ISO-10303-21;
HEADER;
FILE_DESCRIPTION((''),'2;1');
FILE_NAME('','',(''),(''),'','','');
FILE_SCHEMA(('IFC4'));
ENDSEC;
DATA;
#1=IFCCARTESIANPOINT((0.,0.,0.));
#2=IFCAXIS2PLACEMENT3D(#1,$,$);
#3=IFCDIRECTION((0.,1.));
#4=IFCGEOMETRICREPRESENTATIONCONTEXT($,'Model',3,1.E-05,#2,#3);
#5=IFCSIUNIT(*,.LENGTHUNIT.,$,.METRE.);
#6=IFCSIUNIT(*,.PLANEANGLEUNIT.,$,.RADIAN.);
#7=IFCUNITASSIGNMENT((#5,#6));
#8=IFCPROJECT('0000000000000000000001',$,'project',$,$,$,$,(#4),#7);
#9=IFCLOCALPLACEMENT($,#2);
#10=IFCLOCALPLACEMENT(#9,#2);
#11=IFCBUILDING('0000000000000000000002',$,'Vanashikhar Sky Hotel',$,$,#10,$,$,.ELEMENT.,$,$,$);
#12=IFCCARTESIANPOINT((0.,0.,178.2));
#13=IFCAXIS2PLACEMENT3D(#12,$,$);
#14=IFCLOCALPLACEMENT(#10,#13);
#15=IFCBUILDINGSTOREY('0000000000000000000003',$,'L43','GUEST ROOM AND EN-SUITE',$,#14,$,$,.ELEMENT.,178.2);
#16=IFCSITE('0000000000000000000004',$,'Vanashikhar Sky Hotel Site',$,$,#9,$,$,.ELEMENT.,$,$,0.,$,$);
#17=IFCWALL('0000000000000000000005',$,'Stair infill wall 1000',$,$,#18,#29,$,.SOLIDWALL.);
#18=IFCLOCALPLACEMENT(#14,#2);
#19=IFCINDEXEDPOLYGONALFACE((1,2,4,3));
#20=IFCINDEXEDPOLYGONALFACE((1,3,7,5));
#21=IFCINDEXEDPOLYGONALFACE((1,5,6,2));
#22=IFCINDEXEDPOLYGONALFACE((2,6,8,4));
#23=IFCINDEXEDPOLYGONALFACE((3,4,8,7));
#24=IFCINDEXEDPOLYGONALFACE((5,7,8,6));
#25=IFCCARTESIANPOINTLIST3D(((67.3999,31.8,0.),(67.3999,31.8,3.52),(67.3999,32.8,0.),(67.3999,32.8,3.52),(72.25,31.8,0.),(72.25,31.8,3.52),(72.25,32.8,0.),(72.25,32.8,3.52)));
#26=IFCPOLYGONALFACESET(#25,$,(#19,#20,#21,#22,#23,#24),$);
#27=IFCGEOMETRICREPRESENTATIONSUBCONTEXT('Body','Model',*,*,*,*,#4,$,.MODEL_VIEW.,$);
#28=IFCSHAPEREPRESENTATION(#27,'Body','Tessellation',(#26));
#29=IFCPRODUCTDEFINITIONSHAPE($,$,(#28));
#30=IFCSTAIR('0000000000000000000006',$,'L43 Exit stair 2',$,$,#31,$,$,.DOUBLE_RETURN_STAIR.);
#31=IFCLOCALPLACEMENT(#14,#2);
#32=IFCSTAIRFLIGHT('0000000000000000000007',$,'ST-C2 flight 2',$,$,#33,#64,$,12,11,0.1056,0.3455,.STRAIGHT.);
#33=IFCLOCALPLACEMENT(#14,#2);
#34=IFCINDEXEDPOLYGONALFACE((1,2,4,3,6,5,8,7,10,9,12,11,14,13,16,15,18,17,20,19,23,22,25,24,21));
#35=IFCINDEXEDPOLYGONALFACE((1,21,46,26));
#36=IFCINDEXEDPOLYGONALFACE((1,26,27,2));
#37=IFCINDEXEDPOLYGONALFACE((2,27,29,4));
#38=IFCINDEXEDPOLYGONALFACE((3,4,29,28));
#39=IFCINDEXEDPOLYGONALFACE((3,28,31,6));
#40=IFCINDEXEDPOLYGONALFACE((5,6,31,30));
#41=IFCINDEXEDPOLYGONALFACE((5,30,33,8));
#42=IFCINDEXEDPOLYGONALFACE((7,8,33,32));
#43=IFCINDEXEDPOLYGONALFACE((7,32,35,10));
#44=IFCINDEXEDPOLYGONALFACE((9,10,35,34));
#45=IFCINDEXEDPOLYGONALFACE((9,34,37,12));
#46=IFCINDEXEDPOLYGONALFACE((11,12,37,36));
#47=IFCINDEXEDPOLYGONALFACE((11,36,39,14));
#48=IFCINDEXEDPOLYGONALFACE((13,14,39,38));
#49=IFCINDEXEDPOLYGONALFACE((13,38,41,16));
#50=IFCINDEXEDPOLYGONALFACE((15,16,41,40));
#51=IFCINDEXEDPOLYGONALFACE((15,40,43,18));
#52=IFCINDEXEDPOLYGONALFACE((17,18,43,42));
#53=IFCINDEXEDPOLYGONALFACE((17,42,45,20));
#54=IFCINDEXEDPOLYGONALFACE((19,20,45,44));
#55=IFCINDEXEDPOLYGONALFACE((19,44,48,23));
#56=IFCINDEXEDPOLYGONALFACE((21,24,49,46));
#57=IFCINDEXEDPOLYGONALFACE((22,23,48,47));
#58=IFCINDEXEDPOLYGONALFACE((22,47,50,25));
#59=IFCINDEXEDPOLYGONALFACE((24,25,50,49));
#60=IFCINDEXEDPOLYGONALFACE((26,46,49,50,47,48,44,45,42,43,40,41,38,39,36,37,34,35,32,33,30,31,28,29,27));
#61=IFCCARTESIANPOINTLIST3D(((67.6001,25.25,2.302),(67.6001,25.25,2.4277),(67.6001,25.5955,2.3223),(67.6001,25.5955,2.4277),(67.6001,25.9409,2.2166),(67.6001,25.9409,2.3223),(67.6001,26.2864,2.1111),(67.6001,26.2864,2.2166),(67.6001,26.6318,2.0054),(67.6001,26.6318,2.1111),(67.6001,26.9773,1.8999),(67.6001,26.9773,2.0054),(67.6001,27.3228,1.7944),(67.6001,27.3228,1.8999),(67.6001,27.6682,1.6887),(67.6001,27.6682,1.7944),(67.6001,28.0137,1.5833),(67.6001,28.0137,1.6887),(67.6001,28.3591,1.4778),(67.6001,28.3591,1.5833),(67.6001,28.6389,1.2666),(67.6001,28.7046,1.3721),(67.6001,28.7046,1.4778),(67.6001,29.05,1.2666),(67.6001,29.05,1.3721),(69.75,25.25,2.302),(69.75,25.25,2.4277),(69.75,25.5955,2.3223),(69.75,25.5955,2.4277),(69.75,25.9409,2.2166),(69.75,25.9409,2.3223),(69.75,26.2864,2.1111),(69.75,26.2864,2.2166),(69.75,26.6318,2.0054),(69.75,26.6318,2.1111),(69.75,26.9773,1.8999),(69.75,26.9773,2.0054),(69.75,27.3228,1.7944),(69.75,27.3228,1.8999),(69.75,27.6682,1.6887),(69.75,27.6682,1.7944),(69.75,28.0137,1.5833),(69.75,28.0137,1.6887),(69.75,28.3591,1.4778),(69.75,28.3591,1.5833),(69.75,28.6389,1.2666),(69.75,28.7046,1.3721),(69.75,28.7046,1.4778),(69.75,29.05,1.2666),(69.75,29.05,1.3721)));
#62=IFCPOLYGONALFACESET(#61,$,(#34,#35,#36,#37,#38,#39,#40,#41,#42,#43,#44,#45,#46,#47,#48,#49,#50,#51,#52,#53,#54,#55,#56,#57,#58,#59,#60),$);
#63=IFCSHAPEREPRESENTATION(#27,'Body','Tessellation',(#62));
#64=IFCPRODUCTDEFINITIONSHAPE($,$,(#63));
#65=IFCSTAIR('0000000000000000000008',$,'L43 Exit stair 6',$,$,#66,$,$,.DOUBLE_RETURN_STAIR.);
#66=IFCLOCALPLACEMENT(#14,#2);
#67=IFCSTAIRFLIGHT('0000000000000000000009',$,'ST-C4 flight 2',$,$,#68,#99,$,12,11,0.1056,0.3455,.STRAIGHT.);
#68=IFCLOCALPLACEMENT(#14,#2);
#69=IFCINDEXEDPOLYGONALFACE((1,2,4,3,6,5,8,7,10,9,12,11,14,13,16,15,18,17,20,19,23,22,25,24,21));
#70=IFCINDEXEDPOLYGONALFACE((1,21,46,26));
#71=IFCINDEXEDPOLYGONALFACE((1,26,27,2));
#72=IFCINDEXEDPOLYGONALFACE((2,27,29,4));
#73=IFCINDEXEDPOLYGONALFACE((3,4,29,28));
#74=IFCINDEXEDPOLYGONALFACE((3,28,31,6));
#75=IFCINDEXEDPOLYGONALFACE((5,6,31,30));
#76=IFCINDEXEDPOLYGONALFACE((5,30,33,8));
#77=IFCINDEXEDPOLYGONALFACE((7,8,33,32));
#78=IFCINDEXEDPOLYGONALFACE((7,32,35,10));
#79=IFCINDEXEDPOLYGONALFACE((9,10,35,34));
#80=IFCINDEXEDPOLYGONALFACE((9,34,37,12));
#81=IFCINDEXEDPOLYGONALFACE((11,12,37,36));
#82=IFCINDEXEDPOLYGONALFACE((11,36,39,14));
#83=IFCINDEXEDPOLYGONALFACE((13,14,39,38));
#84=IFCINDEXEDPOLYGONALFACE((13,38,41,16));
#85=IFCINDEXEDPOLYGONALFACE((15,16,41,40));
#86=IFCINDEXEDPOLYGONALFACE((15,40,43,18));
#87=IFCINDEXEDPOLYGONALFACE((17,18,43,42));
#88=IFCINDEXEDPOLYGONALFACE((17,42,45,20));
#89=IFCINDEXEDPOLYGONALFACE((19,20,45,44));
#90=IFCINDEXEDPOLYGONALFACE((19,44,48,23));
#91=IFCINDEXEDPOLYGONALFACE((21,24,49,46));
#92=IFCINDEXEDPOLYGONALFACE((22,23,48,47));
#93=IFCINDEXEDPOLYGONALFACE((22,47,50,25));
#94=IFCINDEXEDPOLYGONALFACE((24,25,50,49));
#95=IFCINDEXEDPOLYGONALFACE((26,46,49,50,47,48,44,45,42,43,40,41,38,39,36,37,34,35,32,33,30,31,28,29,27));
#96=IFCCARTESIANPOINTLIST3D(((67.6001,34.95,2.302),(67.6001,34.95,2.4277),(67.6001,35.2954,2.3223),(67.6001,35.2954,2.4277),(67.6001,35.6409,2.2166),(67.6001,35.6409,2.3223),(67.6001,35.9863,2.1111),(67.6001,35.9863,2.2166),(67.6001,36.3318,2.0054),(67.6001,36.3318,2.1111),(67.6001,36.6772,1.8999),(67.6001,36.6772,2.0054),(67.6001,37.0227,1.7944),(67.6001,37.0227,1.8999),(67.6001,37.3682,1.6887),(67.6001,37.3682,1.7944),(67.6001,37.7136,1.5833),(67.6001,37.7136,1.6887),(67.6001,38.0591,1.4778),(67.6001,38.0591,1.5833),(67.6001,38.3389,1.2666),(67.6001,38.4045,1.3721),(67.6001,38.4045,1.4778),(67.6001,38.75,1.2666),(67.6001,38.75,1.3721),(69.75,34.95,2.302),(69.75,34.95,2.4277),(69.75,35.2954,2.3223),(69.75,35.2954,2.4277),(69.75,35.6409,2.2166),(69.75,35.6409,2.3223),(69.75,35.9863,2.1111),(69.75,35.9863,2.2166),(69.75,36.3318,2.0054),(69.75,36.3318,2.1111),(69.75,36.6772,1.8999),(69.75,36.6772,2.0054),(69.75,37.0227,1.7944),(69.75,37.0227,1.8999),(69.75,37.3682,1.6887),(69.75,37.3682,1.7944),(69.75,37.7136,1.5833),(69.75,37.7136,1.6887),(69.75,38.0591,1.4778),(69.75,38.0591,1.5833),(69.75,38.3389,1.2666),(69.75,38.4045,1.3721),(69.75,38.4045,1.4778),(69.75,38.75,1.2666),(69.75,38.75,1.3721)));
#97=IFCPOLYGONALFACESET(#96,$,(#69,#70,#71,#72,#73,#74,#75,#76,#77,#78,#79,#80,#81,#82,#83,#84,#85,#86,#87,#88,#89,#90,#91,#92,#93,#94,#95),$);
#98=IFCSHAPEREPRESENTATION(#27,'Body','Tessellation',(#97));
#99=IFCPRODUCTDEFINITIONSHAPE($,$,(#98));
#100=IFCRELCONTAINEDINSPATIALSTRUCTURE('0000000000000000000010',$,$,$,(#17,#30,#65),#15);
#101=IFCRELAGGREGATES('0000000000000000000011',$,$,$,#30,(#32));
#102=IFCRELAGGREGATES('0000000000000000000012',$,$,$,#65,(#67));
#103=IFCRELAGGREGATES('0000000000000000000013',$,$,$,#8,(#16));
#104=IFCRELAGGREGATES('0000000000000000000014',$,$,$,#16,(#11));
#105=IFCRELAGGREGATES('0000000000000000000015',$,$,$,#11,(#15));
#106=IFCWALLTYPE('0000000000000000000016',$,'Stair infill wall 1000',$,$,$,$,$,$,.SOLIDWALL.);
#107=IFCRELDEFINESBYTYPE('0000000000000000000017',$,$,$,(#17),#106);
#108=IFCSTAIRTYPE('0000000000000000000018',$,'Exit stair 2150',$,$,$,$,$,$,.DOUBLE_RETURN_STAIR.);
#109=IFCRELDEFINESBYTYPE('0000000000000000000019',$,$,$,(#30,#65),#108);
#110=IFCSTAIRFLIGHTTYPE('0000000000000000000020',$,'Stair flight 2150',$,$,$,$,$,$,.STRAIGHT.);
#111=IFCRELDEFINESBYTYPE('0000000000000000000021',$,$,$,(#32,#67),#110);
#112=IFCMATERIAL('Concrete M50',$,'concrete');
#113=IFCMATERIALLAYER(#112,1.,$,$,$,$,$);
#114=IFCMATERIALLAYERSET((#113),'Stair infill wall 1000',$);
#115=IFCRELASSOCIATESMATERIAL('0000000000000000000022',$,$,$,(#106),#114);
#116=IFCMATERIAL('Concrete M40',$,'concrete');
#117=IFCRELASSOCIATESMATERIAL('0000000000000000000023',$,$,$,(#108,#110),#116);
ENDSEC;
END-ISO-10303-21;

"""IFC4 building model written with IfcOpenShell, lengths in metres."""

from ifc_helpers import new_model, si_unit, direction, frame, frame_2d, origin, place, context, subcontext, project, spatial, polyline, rectangle, outline, extrude, source, transform, mapped, material, layer, layer_set, type_object, element, aggregate, save


model = new_model("IFC4")

# Units and contexts
model_context = context("Model", 3, precision=1e-05, world=origin(), true_north=direction((0.0, 1.0)))
body_context = subcontext(model_context, "Body", "Model", "MODEL_VIEW")
ifc_project = project(units=[si_unit("LENGTHUNIT", "METRE"), si_unit("PLANEANGLEUNIT", "RADIAN")], contexts=[model_context])

# Site, building, storey
site_placement = place(None, origin())
site = spatial("IfcSite", under=ifc_project, at=site_placement, Name="Vanashikhar Sky Hotel Site", CompositionType="ELEMENT", RefElevation=0.0)
building_placement = place(site_placement, origin())
building = spatial("IfcBuilding", under=site, at=building_placement, Name="Vanashikhar Sky Hotel", CompositionType="ELEMENT")
storey_placement = place(building_placement, frame((0.0, 0.0, 178.2)))
storey = spatial("IfcBuildingStorey", under=building, at=storey_placement, Name="L43", Description="GUEST ROOM AND EN-SUITE", CompositionType="ELEMENT", Elevation=178.2)

# Shared definitions
ifc_material_1 = material(Name="Concrete M50", Category="concrete")

# Wall
ifc_layer_1 = layer(ifc_material_1, 1.0)
ifc_layer_set_1 = layer_set([ifc_layer_1], Name="Stair infill wall 1000")
wall_type_1 = type_object("IfcWallType", Name="Stair infill wall 1000", PredefinedType="SOLIDWALL", material=ifc_layer_set_1)
shared_shape_1 = source(origin(), body_context, "Body", "SweptSolid", [
    extrude(rectangle(XDim=4.8501, YDim=1.0, at=frame_2d((2.425, 0.0))), origin(), (0.0, 0.0, 1.0), 3.52),
])
wall_1_placement = place(storey_placement, frame((67.3999, 32.3, 0.0), z_axis=(0.0, 0.0, 1.0), x_axis=(1.0, 0.0, 0.0)))
element("IfcWall", 1, at=wall_1_placement, inside=storey, type_object=wall_type_1, Name="Stair infill wall 1000", PredefinedType="SOLIDWALL", context=body_context, shape_type="MappedRepresentation", body=[
    mapped(shared_shape_1, transform((0.0, 0.0, 0.0), scale=1.0)),
])

# Stairs, stair flights
ifc_material_2 = material(Name="Concrete M40", Category="concrete")
stair_type = type_object("IfcStairType", Name="Exit stair 2150", PredefinedType="DOUBLE_RETURN_STAIR", material=ifc_material_2)
stair_1_placement = place(storey_placement, origin())
stair_1 = element("IfcStair", 2, at=stair_1_placement, inside=storey, type_object=stair_type, Name="L43 Exit stair 2", PredefinedType="DOUBLE_RETURN_STAIR")
stair_flight_type = type_object("IfcStairFlightType", Name="Stair flight 2150", PredefinedType="STRAIGHT", material=ifc_material_2)
shared_shape_2 = source(origin(), body_context, "Body", "SweptSolid", [
    extrude(outline(polyline([(0.0, 0.0), (0.0, 0.1055), (0.3455, 0.1055), (0.3455, 0.2112), (0.6909, 0.2112), (0.6909, 0.3167), (1.0364, 0.3167), (1.0364, 0.4221), (1.3818, 0.4221), (1.3818, 0.5278), (1.7273, 0.5278), (1.7273, 0.6333), (2.0728, 0.6333), (2.0728, 0.7388), (2.4182, 0.7388), (2.4182, 0.8445), (2.7637, 0.8445), (2.7637, 0.95), (3.1091, 0.95), (3.1091, 1.0557), (3.4546, 1.0557), (3.4546, 1.1611), (3.8, 1.1611), (3.8, 1.2666), (3.8, 1.0354), (0.4111, 0.0), (0.0, 0.0)])), frame((0.0, 1.075, 0.0), z_axis=(0.0, -1.0, 0.0), x_axis=(1.0, 0.0, 0.0)), (0.0, 0.0, 1.0), 2.1499),
])
stair_flight_1_placement = place(storey_placement, frame((68.675, 29.05, 1.2666), z_axis=(0.0, 0.0, 1.0), x_axis=(0.0, -1.0, 0.0)))
stair_flight_1 = element("IfcStairFlight", 3, at=stair_flight_1_placement, type_object=stair_flight_type, Name="ST-C2 flight 2", NumberOfRisers=12, NumberOfTreads=11, PredefinedType="STRAIGHT", RiserHeight=0.1056, TreadLength=0.3455, context=body_context, shape_type="MappedRepresentation", body=[
    mapped(shared_shape_2, transform((0.0, 0.0, 0.0), scale=1.0)),
])
aggregate(stair_1, [stair_flight_1])
stair_2_placement = place(storey_placement, origin())
stair_2 = element("IfcStair", 4, at=stair_2_placement, inside=storey, type_object=stair_type, Name="L43 Exit stair 6", PredefinedType="DOUBLE_RETURN_STAIR")
stair_flight_2_placement = place(storey_placement, frame((68.675, 38.75, 1.2666), z_axis=(0.0, 0.0, 1.0), x_axis=(0.0, -1.0, 0.0)))
stair_flight_2 = element("IfcStairFlight", 5, at=stair_flight_2_placement, type_object=stair_flight_type, Name="ST-C4 flight 2", NumberOfRisers=12, NumberOfTreads=11, PredefinedType="STRAIGHT", RiserHeight=0.1056, TreadLength=0.3455, context=body_context, shape_type="MappedRepresentation", body=[
    mapped(shared_shape_2, transform((0.0, 0.0, 0.0), scale=1.0)),
])
aggregate(stair_2, [stair_flight_2])

save(model, "model.ifc")
